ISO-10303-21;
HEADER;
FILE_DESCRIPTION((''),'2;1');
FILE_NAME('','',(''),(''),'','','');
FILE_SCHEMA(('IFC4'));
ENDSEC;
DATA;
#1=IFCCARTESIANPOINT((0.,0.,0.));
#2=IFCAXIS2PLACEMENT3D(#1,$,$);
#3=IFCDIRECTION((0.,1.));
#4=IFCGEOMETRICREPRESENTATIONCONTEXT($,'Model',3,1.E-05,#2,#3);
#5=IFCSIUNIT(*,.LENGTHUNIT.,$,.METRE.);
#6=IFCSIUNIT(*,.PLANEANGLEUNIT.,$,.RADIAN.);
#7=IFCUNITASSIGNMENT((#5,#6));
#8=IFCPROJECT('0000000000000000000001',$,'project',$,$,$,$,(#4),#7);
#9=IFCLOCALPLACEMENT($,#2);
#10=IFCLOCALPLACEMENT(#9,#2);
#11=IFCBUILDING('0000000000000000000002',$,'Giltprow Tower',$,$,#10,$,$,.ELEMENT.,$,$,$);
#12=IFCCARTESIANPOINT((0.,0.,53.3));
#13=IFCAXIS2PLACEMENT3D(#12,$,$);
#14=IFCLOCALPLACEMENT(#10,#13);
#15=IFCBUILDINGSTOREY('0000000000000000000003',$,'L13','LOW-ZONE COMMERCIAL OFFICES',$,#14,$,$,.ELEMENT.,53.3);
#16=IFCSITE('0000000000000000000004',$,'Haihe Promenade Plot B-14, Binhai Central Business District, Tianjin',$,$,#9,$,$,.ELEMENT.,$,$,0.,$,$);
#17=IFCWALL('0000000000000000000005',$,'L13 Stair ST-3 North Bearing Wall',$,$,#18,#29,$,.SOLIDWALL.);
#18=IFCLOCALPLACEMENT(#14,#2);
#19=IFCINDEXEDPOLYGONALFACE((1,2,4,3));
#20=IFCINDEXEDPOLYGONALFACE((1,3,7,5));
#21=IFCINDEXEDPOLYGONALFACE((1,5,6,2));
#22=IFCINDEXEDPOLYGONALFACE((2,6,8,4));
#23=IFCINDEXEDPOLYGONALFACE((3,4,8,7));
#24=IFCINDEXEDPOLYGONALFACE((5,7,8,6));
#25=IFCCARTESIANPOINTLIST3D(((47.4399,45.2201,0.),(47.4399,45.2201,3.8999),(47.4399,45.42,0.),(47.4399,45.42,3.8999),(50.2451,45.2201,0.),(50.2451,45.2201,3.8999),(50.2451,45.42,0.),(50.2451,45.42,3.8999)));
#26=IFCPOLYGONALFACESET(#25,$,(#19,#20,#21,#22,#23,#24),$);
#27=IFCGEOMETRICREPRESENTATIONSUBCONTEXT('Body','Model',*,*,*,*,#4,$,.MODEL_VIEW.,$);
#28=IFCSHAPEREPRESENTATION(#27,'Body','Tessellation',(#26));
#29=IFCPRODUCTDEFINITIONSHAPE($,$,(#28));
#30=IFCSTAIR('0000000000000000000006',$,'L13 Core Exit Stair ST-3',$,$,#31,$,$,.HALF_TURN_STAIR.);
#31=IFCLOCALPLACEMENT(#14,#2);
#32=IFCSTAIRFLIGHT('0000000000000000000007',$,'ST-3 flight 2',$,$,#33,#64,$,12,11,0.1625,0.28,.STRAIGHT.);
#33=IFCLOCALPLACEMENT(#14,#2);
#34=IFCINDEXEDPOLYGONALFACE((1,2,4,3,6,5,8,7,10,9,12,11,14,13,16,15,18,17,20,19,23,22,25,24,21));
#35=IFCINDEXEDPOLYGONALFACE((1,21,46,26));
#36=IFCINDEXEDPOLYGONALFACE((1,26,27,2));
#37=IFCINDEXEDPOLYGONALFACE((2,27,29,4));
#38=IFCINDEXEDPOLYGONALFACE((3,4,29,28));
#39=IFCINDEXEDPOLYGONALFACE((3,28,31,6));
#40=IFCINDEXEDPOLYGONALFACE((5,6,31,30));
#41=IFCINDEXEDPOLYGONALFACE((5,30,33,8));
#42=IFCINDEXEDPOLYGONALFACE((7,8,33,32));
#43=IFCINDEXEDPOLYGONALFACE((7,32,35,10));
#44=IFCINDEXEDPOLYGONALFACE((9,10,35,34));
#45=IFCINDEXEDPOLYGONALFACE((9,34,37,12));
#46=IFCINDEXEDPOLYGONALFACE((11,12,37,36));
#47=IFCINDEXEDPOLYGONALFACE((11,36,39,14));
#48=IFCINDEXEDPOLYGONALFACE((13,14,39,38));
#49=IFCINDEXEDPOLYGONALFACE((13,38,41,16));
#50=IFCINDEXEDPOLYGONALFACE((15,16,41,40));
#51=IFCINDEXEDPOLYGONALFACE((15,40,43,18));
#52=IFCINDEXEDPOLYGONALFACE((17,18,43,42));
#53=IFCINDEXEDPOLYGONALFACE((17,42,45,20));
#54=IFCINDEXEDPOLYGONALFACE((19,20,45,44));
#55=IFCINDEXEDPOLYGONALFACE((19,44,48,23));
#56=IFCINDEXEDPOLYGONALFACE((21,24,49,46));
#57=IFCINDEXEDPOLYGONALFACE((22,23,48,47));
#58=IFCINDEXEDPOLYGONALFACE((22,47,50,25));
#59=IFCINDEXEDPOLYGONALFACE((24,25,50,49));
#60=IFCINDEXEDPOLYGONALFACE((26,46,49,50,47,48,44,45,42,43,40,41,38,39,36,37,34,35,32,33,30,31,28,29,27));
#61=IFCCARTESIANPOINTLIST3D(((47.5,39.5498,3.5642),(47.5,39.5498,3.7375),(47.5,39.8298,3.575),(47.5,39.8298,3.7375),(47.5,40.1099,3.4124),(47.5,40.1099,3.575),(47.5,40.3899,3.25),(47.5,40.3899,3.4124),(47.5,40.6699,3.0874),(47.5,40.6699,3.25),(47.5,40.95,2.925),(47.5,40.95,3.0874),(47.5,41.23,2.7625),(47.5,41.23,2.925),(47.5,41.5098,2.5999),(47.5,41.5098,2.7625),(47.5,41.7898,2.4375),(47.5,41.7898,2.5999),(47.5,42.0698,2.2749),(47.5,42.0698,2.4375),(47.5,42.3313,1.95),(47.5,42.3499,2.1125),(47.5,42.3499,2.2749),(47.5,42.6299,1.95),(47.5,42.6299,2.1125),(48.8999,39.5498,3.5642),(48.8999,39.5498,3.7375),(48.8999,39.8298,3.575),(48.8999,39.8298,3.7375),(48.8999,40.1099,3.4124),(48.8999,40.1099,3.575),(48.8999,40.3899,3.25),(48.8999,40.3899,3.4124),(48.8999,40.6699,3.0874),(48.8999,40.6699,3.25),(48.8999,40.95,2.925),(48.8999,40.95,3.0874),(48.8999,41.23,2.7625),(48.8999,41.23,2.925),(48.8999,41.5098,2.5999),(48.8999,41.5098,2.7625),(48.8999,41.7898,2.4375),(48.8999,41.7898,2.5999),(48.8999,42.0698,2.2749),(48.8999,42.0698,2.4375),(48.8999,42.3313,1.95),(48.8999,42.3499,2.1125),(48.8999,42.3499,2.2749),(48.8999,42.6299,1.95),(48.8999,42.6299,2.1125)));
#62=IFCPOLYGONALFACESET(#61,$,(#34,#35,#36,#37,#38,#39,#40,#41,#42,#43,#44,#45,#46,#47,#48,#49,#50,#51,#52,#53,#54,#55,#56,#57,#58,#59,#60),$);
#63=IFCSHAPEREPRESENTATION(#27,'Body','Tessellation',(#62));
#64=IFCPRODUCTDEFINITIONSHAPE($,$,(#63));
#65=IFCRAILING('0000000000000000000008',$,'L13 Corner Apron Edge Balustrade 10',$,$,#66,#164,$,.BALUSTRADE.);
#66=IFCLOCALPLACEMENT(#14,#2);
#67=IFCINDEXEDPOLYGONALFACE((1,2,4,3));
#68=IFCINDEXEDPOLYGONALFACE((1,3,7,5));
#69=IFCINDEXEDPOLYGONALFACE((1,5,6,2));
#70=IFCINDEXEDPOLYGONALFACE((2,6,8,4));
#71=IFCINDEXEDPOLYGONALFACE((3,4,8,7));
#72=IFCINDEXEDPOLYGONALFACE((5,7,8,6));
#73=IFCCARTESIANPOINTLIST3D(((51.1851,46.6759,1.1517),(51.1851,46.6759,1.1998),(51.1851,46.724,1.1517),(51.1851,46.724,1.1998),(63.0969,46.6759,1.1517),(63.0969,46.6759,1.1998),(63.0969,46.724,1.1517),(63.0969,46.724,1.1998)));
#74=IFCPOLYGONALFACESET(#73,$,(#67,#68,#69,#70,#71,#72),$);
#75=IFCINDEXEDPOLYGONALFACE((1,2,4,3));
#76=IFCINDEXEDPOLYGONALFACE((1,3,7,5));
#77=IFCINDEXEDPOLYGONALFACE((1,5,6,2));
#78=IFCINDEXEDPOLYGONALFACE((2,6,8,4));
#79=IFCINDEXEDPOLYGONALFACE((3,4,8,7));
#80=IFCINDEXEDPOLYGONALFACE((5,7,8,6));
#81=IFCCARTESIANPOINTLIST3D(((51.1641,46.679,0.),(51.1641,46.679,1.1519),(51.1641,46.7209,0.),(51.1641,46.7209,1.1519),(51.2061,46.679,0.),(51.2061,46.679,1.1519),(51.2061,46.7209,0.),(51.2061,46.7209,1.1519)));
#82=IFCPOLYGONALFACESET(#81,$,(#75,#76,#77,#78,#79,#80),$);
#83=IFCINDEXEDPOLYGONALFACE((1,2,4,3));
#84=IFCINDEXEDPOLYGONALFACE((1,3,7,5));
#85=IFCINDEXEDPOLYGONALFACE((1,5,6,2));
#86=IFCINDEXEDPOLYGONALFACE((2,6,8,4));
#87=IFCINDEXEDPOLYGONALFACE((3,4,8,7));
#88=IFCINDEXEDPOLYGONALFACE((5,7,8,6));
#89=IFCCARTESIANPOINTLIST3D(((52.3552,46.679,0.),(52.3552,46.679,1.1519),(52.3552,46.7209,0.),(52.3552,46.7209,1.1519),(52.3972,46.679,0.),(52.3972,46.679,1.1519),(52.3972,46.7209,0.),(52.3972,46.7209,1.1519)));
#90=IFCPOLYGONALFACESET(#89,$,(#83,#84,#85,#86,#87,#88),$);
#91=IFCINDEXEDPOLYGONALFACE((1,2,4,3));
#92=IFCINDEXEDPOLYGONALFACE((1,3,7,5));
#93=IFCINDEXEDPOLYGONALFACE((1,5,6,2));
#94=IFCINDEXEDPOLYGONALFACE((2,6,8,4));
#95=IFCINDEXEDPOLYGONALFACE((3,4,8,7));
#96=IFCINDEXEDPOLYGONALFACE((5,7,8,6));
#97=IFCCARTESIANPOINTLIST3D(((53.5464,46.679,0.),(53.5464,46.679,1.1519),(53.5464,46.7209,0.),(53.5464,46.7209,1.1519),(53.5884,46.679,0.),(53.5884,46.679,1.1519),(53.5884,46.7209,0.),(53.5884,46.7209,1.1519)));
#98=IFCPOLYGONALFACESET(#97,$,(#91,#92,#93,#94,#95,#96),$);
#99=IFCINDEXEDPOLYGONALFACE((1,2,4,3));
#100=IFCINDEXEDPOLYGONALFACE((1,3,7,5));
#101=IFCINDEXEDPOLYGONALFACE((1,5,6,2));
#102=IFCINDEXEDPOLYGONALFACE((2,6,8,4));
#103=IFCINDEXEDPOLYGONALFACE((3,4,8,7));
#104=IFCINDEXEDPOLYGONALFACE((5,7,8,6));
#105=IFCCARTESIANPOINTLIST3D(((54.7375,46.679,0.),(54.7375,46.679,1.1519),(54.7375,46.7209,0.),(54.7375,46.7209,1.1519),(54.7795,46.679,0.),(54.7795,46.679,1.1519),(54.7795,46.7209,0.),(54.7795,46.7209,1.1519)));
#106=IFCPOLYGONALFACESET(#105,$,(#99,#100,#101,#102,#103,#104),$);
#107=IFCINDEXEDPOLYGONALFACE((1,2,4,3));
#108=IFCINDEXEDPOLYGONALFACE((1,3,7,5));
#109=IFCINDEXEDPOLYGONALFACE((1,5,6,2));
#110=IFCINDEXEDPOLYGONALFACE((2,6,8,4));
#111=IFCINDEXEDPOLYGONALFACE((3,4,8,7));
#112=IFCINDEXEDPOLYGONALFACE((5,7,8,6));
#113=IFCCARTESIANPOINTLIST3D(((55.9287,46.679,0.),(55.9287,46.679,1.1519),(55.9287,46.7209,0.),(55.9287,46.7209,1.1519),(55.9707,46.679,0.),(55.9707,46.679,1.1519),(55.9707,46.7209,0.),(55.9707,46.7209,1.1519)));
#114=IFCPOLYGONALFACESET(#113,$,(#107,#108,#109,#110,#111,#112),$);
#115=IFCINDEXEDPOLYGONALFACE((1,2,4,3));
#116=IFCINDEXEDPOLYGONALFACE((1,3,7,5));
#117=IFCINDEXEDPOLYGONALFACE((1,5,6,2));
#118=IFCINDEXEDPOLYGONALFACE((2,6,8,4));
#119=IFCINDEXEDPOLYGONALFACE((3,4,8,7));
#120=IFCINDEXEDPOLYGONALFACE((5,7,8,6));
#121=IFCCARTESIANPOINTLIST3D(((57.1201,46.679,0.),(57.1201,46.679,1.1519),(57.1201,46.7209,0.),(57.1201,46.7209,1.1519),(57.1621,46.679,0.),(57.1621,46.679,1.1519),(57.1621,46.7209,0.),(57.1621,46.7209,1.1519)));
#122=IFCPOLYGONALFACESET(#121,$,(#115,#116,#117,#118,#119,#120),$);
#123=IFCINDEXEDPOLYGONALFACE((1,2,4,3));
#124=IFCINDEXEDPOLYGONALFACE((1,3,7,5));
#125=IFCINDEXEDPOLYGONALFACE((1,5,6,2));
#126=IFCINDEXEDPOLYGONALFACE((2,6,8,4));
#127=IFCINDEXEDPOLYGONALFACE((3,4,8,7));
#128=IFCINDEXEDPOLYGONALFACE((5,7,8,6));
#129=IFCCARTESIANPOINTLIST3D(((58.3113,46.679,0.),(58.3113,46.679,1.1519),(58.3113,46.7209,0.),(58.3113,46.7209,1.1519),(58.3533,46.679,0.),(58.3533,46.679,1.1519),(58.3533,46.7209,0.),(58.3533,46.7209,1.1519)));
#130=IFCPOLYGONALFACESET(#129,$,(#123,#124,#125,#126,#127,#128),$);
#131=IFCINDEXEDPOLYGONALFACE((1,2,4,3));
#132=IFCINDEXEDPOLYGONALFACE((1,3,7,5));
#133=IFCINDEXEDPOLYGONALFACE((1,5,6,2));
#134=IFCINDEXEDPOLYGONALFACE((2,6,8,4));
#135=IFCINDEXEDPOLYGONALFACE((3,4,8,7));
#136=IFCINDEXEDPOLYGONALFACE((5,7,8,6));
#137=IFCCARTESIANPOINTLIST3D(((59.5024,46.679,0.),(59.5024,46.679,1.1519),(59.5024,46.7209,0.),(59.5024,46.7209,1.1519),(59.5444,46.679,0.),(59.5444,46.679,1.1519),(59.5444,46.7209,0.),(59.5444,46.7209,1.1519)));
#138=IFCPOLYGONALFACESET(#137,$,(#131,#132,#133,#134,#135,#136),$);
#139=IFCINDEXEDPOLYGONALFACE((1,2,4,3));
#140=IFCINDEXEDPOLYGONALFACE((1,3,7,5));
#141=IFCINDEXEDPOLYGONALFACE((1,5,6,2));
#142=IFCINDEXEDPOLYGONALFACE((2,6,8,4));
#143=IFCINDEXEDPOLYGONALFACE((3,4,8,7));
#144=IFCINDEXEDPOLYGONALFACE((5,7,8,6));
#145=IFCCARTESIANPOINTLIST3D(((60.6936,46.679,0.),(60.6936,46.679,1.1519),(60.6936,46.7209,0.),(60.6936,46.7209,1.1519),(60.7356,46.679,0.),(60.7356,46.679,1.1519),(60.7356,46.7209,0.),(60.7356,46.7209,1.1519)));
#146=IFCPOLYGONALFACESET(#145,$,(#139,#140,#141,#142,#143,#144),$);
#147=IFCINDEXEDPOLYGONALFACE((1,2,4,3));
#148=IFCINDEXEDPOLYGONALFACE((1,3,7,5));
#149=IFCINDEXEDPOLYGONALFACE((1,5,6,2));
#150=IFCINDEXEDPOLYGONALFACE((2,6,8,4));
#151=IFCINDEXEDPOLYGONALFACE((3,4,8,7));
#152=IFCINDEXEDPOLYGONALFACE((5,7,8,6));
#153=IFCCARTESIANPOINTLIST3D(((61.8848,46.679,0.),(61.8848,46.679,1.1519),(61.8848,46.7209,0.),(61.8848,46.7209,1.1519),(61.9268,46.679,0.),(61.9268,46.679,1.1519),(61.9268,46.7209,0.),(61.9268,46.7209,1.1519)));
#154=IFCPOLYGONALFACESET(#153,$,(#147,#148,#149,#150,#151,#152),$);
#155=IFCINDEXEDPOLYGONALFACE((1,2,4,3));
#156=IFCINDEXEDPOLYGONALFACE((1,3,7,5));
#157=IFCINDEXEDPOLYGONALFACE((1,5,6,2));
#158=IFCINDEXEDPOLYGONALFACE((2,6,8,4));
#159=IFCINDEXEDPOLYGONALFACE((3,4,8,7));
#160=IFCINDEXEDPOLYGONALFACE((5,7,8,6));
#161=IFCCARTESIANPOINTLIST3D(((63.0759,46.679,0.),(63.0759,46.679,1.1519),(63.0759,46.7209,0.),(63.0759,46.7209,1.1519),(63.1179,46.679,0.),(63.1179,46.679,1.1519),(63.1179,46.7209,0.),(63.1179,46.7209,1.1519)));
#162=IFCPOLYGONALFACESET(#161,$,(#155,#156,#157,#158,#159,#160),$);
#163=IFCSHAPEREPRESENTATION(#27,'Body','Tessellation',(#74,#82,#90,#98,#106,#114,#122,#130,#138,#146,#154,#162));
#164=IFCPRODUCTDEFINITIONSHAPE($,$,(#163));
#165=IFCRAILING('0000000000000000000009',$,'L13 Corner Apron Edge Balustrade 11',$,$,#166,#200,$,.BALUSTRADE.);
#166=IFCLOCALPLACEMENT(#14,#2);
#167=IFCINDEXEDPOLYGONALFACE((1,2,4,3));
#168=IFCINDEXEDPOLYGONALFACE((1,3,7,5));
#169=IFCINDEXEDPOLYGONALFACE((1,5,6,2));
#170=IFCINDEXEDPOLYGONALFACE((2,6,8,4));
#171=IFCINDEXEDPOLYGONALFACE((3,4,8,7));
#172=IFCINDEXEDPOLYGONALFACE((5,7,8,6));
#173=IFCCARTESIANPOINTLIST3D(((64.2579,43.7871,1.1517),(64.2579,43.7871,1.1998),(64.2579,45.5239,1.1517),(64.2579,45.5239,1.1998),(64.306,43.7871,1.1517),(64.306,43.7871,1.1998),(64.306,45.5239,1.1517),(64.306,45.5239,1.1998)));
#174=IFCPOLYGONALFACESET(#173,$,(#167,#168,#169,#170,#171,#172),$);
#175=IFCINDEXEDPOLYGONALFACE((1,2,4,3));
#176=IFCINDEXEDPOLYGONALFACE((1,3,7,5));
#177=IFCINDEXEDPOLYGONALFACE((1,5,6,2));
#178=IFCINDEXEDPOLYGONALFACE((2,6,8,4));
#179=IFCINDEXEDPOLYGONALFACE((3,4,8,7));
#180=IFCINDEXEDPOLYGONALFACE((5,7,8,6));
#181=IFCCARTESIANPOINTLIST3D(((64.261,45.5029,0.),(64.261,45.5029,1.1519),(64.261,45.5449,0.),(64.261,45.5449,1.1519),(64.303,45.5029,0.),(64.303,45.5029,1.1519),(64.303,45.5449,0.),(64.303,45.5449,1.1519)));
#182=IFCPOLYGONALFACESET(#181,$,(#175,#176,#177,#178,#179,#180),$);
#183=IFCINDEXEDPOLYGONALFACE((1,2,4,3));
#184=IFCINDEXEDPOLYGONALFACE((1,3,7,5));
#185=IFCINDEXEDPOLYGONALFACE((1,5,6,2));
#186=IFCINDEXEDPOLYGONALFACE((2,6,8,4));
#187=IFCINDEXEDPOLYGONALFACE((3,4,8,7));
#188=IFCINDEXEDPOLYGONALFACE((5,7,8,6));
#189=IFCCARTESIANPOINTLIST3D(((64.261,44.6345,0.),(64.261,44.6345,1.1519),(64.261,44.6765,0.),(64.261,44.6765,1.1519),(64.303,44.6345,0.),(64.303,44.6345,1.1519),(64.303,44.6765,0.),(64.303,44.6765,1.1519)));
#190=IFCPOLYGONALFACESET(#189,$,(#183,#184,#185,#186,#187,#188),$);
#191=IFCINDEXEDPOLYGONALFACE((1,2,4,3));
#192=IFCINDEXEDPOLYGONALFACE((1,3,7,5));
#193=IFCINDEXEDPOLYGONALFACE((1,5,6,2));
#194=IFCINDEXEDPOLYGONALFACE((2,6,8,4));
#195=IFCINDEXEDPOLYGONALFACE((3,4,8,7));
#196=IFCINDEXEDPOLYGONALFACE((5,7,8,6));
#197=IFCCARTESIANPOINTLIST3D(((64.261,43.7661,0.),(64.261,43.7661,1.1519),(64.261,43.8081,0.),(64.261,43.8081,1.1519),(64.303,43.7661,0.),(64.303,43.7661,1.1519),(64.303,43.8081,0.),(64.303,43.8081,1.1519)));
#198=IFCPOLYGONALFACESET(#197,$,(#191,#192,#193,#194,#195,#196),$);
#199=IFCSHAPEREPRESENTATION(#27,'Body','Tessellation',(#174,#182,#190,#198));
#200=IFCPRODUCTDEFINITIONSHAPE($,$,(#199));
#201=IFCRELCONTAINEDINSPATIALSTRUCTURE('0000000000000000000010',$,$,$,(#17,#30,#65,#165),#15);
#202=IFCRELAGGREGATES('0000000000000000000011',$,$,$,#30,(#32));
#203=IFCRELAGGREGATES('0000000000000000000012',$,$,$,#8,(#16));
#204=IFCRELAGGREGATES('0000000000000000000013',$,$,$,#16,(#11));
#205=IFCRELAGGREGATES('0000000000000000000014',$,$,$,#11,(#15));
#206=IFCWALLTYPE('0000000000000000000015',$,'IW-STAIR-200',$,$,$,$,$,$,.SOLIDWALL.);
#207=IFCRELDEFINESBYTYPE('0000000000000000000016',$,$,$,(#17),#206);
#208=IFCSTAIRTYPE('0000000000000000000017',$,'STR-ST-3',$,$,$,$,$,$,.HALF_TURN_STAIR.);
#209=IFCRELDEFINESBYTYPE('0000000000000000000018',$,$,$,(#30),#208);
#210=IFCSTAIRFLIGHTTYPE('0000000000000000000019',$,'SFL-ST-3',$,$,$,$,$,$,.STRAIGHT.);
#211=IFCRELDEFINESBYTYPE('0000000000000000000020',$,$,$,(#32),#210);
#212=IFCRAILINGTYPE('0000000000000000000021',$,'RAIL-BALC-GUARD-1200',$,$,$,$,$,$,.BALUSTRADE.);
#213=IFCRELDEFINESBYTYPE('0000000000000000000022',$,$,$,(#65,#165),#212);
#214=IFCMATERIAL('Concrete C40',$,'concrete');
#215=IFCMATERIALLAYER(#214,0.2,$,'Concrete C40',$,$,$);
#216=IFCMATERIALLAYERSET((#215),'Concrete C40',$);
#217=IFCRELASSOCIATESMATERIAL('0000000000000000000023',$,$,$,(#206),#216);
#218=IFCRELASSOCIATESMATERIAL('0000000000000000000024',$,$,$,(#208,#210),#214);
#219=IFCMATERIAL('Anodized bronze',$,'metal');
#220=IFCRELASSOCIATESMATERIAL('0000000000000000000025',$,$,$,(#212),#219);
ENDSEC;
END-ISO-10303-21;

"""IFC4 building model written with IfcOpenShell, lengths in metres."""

from ifc_helpers import new_model, si_unit, direction, frame, frame_2d, origin, origin_2d, place, context, subcontext, project, spatial, polyline, rectangle, outline, extrude, material, layer, layer_set, type_object, element, aggregate, save


model = new_model("IFC4")

# Units and contexts
model_context = context("Model", 3, precision=1e-05, world=origin(), true_north=direction((0.0, 1.0)))
body_context = subcontext(model_context, "Body", "Model", "MODEL_VIEW")
ifc_project = project(units=[si_unit("LENGTHUNIT", "METRE"), si_unit("PLANEANGLEUNIT", "RADIAN")], contexts=[model_context])

# Site, building, storey
site_placement = place(None, origin())
site = spatial("IfcSite", under=ifc_project, at=site_placement, Name="Haihe Promenade Plot B-14, Binhai Central Business District, Tianjin", CompositionType="ELEMENT", RefElevation=0.0)
building_placement = place(site_placement, origin())
building = spatial("IfcBuilding", under=site, at=building_placement, Name="Giltprow Tower", CompositionType="ELEMENT")
storey_placement = place(building_placement, frame((0.0, 0.0, 53.3)))
storey = spatial("IfcBuildingStorey", under=building, at=storey_placement, Name="L13", Description="LOW-ZONE COMMERCIAL OFFICES", CompositionType="ELEMENT", Elevation=53.3)

# Wall
ifc_material_1 = material(Name="Concrete C40", Category="concrete")
ifc_layer_1 = layer(ifc_material_1, 0.2, Name="Concrete C40")
ifc_layer_set_1 = layer_set([ifc_layer_1], Name="Concrete C40")
wall_type_1 = type_object("IfcWallType", Name="IW-STAIR-200", PredefinedType="SOLIDWALL", material=ifc_layer_set_1)
wall_1_placement = place(storey_placement, frame((47.4399, 45.3201, 0.0), z_axis=(0.0, 0.0, 1.0), x_axis=(1.0, 0.0, 0.0)))
element("IfcWall", 1, at=wall_1_placement, inside=storey, type_object=wall_type_1, Name="L13 Stair ST-3 North Bearing Wall", PredefinedType="SOLIDWALL", context=body_context, shape_type="SweptSolid", body=[
    extrude(rectangle(XDim=2.8052, YDim=0.2, at=frame_2d((1.4026, 0.0))), origin(), (0.0, 0.0, 1.0), 3.8999),
])

# Stair, stair flight
stair_type = type_object("IfcStairType", Name="STR-ST-3", PredefinedType="HALF_TURN_STAIR", material=ifc_material_1)
stair_placement = place(storey_placement, origin())
stair = element("IfcStair", 2, at=stair_placement, inside=storey, type_object=stair_type, Name="L13 Core Exit Stair ST-3", PredefinedType="HALF_TURN_STAIR")
stair_flight_type = type_object("IfcStairFlightType", Name="SFL-ST-3", PredefinedType="STRAIGHT", material=ifc_material_1)
stair_flight_placement = place(storey_placement, frame((48.2, 42.6299, 1.95), z_axis=(0.0, 0.0, 1.0), x_axis=(0.0, -1.0, 0.0)))
stair_flight = element("IfcStairFlight", 3, at=stair_flight_placement, type_object=stair_flight_type, Name="ST-3 flight 2", NumberOfRisers=12, NumberOfTreads=11, PredefinedType="STRAIGHT", RiserHeight=0.1625, TreadLength=0.28, context=body_context, shape_type="SweptSolid", body=[
    extrude(outline(polyline([(0.0, 0.0), (0.0, 0.1626), (0.28, 0.1626), (0.28, 0.325), (0.5601, 0.325), (0.5601, 0.4875), (0.8401, 0.4875), (0.8401, 0.6499), (1.1201, 0.6499), (1.1201, 0.8125), (1.3999, 0.8125), (1.3999, 0.9751), (1.6799, 0.9751), (1.6799, 1.1375), (1.96, 1.1375), (1.96, 1.3), (2.24, 1.3), (2.24, 1.4624), (2.52, 1.4624), (2.52, 1.625), (2.8, 1.625), (2.8, 1.7876), (3.0801, 1.7876), (3.0801, 1.95), (3.0801, 1.6143), (0.2986, 0.0), (0.0, 0.0)])), frame((0.0, 0.7, 0.0), z_axis=(0.0, -1.0, 0.0), x_axis=(1.0, 0.0, 0.0)), (0.0, 0.0, 1.0), 1.3999),
])
aggregate(stair, [stair_flight])

# Railings
ifc_material_2 = material(Name="Anodized bronze", Category="metal")
railing_type_1 = type_object("IfcRailingType", Name="RAIL-BALC-GUARD-1200", PredefinedType="BALUSTRADE", material=ifc_material_2)
railing_1_placement = place(storey_placement, frame((51.1851, 46.7, 0.0)))
element("IfcRailing", 4, at=railing_1_placement, inside=storey, type_object=railing_type_1, Name="L13 Corner Apron Edge Balustrade 10", PredefinedType="BALUSTRADE", context=body_context, shape_type="SweptSolid", body=[
    extrude(rectangle(XDim=0.0481, YDim=0.0481, at=origin_2d()), frame((0.0, 0.0, 1.1758), z_axis=(1.0, 0.0, 0.0), x_axis=(0.0, 1.0, 0.0)), (0.0, 0.0, 1.0), 11.9119),
    extrude(rectangle(XDim=0.042, YDim=0.042, at=origin_2d()), origin(), (0.0, 0.0, 1.0), 1.1519),
    extrude(rectangle(XDim=0.042, YDim=0.042, at=origin_2d()), frame((1.1912, 0.0, 0.0)), (0.0, 0.0, 1.0), 1.1519),
    extrude(rectangle(XDim=0.042, YDim=0.042, at=origin_2d()), frame((2.3823, 0.0, 0.0)), (0.0, 0.0, 1.0), 1.1519),
    extrude(rectangle(XDim=0.042, YDim=0.042, at=origin_2d()), frame((3.5735, 0.0, 0.0)), (0.0, 0.0, 1.0), 1.1519),
    extrude(rectangle(XDim=0.042, YDim=0.042, at=origin_2d()), frame((4.7646, 0.0, 0.0)), (0.0, 0.0, 1.0), 1.1519),
    extrude(rectangle(XDim=0.042, YDim=0.042, at=origin_2d()), frame((5.9561, 0.0, 0.0)), (0.0, 0.0, 1.0), 1.1519),
    extrude(rectangle(XDim=0.042, YDim=0.042, at=origin_2d()), frame((7.1472, 0.0, 0.0)), (0.0, 0.0, 1.0), 1.1519),
    extrude(rectangle(XDim=0.042, YDim=0.042, at=origin_2d()), frame((8.3384, 0.0, 0.0)), (0.0, 0.0, 1.0), 1.1519),
    extrude(rectangle(XDim=0.042, YDim=0.042, at=origin_2d()), frame((9.5295, 0.0, 0.0)), (0.0, 0.0, 1.0), 1.1519),
    extrude(rectangle(XDim=0.042, YDim=0.042, at=origin_2d()), frame((10.7207, 0.0, 0.0)), (0.0, 0.0, 1.0), 1.1519),
    extrude(rectangle(XDim=0.042, YDim=0.042, at=origin_2d()), frame((11.9119, 0.0, 0.0)), (0.0, 0.0, 1.0), 1.1519),
])
railing_2_placement = place(storey_placement, frame((64.282, 45.5239, 0.0)))
element("IfcRailing", 5, at=railing_2_placement, inside=storey, type_object=railing_type_1, Name="L13 Corner Apron Edge Balustrade 11", PredefinedType="BALUSTRADE", context=body_context, shape_type="SweptSolid", body=[
    extrude(rectangle(XDim=0.0481, YDim=0.0481, at=origin_2d()), frame((0.0, 0.0, 1.1758), z_axis=(0.0, -1.0, 0.0), x_axis=(1.0, 0.0, 0.0)), (0.0, 0.0, 1.0), 1.7368),
    extrude(rectangle(XDim=0.042, YDim=0.042, at=origin_2d()), origin(), (0.0, 0.0, 1.0), 1.1519),
    extrude(rectangle(XDim=0.042, YDim=0.042, at=origin_2d()), frame((0.0, -0.8684, 0.0)), (0.0, 0.0, 1.0), 1.1519),
    extrude(rectangle(XDim=0.042, YDim=0.042, at=origin_2d()), frame((0.0, -1.7368, 0.0)), (0.0, 0.0, 1.0), 1.1519),
])

save(model, "model.ifc")
